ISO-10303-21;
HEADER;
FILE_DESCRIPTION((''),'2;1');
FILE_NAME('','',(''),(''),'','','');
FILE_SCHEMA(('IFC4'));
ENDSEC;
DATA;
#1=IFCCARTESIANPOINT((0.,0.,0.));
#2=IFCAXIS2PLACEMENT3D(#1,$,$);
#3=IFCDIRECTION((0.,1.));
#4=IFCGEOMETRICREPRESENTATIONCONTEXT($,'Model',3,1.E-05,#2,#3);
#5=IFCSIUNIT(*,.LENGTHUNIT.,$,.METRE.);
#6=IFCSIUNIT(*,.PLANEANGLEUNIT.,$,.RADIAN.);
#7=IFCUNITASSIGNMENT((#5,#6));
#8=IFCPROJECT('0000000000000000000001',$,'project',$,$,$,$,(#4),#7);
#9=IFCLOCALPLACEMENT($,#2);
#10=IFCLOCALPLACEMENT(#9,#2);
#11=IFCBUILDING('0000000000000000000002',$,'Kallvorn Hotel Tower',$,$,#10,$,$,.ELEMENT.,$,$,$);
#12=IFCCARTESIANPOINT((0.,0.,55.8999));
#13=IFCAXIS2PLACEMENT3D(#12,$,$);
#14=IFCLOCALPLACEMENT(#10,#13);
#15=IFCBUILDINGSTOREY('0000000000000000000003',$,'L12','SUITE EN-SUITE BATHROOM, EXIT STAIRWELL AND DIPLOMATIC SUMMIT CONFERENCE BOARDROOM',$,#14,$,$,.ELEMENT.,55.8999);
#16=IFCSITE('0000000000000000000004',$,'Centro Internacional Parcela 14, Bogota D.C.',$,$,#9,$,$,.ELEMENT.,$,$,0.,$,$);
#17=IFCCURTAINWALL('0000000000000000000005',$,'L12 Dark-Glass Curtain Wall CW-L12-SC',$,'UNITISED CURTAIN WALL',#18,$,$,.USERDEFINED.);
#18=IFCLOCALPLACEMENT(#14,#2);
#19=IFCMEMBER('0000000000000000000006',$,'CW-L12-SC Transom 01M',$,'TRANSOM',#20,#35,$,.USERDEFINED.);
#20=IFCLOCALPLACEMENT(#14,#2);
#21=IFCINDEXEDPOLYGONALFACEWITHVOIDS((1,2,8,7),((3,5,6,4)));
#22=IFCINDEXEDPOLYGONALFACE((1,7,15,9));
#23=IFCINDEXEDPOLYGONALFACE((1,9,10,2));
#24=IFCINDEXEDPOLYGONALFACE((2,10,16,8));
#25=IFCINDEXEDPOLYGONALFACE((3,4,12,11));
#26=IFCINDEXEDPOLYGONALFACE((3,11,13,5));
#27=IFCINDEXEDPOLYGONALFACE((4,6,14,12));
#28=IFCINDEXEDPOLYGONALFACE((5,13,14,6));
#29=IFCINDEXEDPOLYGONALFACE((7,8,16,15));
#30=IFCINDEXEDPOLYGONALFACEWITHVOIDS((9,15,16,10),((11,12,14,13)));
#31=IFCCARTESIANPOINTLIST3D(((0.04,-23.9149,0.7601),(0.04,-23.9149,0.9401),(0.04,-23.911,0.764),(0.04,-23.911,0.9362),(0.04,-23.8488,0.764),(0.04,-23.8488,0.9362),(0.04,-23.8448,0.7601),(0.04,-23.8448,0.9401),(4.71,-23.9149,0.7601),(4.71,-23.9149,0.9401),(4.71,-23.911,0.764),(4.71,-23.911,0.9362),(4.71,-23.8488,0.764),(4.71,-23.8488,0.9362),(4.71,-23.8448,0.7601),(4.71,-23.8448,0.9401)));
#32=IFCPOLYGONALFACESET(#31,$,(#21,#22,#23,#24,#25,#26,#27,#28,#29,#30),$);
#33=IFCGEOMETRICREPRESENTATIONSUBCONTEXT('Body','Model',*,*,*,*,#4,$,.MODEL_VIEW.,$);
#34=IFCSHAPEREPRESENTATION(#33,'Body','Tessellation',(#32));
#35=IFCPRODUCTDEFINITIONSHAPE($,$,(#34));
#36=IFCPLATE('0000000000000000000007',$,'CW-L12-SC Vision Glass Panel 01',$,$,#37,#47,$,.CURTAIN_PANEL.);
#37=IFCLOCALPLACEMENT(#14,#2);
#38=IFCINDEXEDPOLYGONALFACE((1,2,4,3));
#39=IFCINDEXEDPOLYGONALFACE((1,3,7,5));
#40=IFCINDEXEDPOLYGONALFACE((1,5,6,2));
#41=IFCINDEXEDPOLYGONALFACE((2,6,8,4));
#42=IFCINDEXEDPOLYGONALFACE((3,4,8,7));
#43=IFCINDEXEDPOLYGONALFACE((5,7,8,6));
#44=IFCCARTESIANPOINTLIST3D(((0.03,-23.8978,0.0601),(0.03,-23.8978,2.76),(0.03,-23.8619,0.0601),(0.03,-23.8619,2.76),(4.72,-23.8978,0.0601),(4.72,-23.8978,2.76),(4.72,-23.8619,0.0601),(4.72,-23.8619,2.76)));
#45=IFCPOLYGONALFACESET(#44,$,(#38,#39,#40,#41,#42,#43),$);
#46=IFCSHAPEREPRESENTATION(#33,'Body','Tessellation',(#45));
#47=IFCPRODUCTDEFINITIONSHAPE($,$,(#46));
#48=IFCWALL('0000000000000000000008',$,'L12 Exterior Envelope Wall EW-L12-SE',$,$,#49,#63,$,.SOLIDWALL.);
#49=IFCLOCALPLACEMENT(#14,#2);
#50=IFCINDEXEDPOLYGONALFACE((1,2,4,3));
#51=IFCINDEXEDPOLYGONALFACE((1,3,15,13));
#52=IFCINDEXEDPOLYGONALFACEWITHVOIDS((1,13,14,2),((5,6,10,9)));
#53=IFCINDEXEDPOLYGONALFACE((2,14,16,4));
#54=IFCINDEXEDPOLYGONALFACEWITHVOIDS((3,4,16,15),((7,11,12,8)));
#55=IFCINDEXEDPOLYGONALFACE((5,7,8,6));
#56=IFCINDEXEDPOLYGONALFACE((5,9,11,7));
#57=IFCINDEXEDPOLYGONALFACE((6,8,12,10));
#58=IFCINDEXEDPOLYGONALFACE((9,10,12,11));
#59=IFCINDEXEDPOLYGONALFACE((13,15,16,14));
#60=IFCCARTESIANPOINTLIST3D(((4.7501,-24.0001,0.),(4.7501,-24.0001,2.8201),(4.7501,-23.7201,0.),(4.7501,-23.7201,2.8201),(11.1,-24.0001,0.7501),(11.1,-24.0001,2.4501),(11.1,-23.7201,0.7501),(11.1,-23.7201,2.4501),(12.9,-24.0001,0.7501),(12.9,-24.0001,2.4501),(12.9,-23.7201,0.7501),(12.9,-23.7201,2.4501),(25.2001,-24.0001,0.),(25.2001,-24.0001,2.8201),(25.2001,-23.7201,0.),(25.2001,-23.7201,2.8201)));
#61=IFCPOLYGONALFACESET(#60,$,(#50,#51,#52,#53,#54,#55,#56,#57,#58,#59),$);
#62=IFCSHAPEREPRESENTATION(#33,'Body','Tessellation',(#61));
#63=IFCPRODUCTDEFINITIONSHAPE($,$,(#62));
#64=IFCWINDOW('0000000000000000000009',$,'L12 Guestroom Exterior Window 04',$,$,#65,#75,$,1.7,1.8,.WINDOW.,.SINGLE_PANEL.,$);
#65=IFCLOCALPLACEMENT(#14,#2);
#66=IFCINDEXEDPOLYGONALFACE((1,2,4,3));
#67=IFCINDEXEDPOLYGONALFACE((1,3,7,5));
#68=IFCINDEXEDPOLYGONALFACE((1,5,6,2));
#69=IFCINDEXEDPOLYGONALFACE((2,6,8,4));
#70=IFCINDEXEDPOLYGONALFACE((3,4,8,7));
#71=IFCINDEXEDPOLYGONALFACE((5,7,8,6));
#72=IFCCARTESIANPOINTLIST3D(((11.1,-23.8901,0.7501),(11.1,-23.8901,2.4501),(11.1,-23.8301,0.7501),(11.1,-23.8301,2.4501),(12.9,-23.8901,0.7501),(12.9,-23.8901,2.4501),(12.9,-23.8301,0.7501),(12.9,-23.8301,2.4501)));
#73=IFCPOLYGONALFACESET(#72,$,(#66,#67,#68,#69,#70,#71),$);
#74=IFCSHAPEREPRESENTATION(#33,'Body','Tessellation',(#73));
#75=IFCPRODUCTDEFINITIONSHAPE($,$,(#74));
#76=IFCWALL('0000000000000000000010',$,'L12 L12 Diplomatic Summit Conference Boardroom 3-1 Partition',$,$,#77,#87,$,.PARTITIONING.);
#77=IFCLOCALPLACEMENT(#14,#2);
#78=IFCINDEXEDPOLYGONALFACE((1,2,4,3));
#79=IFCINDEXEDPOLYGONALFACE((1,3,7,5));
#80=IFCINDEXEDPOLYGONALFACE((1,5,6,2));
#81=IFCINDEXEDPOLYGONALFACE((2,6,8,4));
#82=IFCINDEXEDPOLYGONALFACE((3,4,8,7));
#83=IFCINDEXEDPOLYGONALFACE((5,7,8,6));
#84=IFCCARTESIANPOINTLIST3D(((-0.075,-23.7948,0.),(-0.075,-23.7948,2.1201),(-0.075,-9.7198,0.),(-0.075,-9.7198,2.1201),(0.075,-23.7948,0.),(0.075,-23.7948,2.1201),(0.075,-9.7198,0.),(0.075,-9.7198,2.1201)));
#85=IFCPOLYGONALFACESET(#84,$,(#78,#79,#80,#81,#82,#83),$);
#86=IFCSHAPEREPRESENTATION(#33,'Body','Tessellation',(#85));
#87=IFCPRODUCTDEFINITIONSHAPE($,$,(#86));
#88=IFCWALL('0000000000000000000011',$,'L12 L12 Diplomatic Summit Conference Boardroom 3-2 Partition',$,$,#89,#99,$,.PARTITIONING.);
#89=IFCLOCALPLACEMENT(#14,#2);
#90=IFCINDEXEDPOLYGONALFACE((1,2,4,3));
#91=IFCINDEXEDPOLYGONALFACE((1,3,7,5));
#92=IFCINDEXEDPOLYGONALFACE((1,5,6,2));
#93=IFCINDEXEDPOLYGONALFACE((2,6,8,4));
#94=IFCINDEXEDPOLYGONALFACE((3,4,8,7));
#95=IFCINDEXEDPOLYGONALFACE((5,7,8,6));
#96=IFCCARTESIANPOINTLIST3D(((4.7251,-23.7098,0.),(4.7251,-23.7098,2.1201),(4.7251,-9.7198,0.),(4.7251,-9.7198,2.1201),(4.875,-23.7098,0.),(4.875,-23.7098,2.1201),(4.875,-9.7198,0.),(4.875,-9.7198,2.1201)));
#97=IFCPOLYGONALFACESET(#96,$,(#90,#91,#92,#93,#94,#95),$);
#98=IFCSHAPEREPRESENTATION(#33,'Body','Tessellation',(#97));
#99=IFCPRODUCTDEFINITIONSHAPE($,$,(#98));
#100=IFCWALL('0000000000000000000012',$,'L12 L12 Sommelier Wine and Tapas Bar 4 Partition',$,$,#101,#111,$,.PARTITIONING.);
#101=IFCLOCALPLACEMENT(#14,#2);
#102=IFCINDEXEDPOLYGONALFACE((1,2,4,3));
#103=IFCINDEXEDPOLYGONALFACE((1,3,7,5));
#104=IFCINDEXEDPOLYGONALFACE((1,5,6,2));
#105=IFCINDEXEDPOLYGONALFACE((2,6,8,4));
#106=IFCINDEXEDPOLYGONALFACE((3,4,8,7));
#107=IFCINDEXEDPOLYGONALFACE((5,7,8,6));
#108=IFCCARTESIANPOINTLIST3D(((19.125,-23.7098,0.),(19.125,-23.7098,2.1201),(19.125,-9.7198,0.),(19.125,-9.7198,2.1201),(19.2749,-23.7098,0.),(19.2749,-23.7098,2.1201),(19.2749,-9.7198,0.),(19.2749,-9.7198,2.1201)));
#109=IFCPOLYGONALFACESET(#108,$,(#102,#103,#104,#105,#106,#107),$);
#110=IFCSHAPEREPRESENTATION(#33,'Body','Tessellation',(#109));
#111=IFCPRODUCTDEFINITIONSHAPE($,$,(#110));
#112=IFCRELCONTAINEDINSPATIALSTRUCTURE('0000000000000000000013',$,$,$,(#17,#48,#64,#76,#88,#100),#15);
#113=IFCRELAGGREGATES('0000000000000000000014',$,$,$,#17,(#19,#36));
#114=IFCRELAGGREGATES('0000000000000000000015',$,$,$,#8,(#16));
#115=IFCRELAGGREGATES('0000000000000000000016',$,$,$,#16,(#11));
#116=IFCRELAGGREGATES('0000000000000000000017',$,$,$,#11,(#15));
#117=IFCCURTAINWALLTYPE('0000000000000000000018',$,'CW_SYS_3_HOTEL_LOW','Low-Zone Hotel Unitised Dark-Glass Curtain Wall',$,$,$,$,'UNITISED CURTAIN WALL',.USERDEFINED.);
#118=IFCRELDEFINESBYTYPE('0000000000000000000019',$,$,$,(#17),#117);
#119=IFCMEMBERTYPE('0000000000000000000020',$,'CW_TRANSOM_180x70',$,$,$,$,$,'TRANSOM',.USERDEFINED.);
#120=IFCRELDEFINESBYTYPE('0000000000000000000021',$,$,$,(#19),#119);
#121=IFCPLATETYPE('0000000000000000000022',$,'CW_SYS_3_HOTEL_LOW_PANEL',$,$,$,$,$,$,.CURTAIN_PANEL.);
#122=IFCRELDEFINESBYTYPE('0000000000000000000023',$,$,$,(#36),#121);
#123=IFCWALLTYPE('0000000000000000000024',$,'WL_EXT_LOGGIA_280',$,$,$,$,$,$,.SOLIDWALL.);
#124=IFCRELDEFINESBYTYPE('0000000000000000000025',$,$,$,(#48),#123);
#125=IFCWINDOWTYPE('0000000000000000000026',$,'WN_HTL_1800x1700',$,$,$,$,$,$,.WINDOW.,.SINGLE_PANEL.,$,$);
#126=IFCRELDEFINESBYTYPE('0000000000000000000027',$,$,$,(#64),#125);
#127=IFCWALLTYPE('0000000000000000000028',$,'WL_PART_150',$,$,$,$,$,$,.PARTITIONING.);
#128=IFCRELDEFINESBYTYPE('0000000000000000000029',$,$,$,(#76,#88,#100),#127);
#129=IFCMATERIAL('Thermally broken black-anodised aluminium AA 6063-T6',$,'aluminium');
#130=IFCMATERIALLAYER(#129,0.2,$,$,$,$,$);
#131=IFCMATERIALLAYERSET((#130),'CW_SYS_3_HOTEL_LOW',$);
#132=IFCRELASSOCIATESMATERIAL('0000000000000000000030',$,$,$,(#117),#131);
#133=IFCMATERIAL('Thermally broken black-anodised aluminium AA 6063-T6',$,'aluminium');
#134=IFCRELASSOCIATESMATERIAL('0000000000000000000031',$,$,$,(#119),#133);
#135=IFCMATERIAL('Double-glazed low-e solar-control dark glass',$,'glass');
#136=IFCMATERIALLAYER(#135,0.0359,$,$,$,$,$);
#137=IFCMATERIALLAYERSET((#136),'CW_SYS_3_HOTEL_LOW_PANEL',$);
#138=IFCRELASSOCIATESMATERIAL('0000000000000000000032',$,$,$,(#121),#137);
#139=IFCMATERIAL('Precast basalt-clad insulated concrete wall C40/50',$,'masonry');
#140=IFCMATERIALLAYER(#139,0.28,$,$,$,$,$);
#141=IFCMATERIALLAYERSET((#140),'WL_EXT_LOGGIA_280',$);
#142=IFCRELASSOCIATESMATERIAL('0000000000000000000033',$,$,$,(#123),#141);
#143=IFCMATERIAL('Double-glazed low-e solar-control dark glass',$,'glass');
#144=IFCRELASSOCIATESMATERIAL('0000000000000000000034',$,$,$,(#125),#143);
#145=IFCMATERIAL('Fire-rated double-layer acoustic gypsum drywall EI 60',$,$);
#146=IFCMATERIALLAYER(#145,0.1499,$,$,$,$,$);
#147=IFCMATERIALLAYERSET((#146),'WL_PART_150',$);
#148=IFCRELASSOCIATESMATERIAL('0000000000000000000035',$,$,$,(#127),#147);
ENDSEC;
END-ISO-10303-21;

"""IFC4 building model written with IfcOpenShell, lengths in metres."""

from ifc_helpers import new_model, si_unit, direction, frame, frame_2d, origin, origin_2d, place, context, subcontext, project, spatial, rectangle, hollow_rectangle, extrude, material, layer, layer_set, material_profile, profile_set, type_object, element, fill, aggregate, save


model = new_model("IFC4")

# Units and contexts
model_context = context("Model", 3, precision=1e-05, world=origin(), true_north=direction((0.0, 1.0)))
body_context = subcontext(model_context, "Body", "Model", "MODEL_VIEW")
ifc_project = project(units=[si_unit("LENGTHUNIT", "METRE"), si_unit("PLANEANGLEUNIT", "RADIAN")], contexts=[model_context])

# Site, building, storey
site_placement = place(None, origin())
site = spatial("IfcSite", under=ifc_project, at=site_placement, Name="Centro Internacional Parcela 14, Bogota D.C.", CompositionType="ELEMENT", RefElevation=0.0)
building_placement = place(site_placement, origin())
building = spatial("IfcBuilding", under=site, at=building_placement, Name="Kallvorn Hotel Tower", CompositionType="ELEMENT")
storey_placement = place(building_placement, frame((0.0, 0.0, 55.8999)))
storey = spatial("IfcBuildingStorey", under=building, at=storey_placement, Name="L12", Description="SUITE EN-SUITE BATHROOM, EXIT STAIRWELL AND DIPLOMATIC SUMMIT CONFERENCE BOARDROOM", CompositionType="ELEMENT", Elevation=55.8999)

# Curtain wall, member, plate
ifc_material_1 = material(Name="Thermally broken black-anodised aluminium AA 6063-T6", Category="aluminium")
ifc_layer_1 = layer(ifc_material_1, 0.2)
ifc_layer_set_1 = layer_set([ifc_layer_1], Name="CW_SYS_3_HOTEL_LOW")
curtain_wall_type = type_object("IfcCurtainWallType", Name="CW_SYS_3_HOTEL_LOW", Description="Low-Zone Hotel Unitised Dark-Glass Curtain Wall", ElementType="UNITISED CURTAIN WALL", PredefinedType="USERDEFINED", material=ifc_layer_set_1)
curtain_wall_placement = place(storey_placement, origin())
curtain_wall = element("IfcCurtainWall", 1, at=curtain_wall_placement, inside=storey, type_object=curtain_wall_type, Name="L12 Dark-Glass Curtain Wall CW-L12-SC", ObjectType="UNITISED CURTAIN WALL", PredefinedType="USERDEFINED")
ifc_material_2 = material(Name="Thermally broken black-anodised aluminium AA 6063-T6", Category="aluminium")
ifc_material_profile_1 = material_profile(ifc_material_2, hollow_rectangle(XDim=0.0701, YDim=0.1799, WallThickness=0.0039, at=origin_2d()), Name="TRN 180x70")
ifc_profile_set_1 = profile_set([ifc_material_profile_1], Name="Thermally broken black-anodised aluminium AA 6063-T6")
member_type_1 = type_object("IfcMemberType", Name="CW_TRANSOM_180x70", ElementType="TRANSOM", PredefinedType="USERDEFINED", material=ifc_profile_set_1)
member_1_placement = place(storey_placement, frame((0.04, -23.8799, 0.8501), z_axis=(1.0, 0.0, 0.0), x_axis=(0.0, 1.0, 0.0)))
member_1 = element("IfcMember", 2, at=member_1_placement, type_object=member_type_1, Name="CW-L12-SC Transom 01M", ObjectType="TRANSOM", PredefinedType="USERDEFINED", context=body_context, shape_type="SweptSolid", body=[
    extrude(hollow_rectangle(XDim=0.0701, YDim=0.1799, WallThickness=0.0039, at=origin_2d()), origin(), (0.0, 0.0, 1.0), 4.6699),
])
ifc_material_3 = material(Name="Double-glazed low-e solar-control dark glass", Category="glass")
ifc_layer_2 = layer(ifc_material_3, 0.0359)
ifc_layer_set_2 = layer_set([ifc_layer_2], Name="CW_SYS_3_HOTEL_LOW_PANEL")
plate_type = type_object("IfcPlateType", Name="CW_SYS_3_HOTEL_LOW_PANEL", PredefinedType="CURTAIN_PANEL", material=ifc_layer_set_2)
plate_placement = place(storey_placement, frame((2.375, -23.8799, 0.0601), z_axis=(0.0, 0.0, 1.0), x_axis=(1.0, 0.0, 0.0)))
plate = element("IfcPlate", 3, at=plate_placement, type_object=plate_type, Name="CW-L12-SC Vision Glass Panel 01", PredefinedType="CURTAIN_PANEL", context=body_context, shape_type="SweptSolid", body=[
    extrude(rectangle(XDim=4.6899, YDim=0.0359, at=origin_2d()), origin(), (0.0, 0.0, 1.0), 2.7),
])
aggregate(curtain_wall, [member_1, plate])

# Wall, opening, window
ifc_material_4 = material(Name="Precast basalt-clad insulated concrete wall C40/50", Category="masonry")
ifc_layer_3 = layer(ifc_material_4, 0.28)
ifc_layer_set_3 = layer_set([ifc_layer_3], Name="WL_EXT_LOGGIA_280")
wall_type_1 = type_object("IfcWallType", Name="WL_EXT_LOGGIA_280", PredefinedType="SOLIDWALL", material=ifc_layer_set_3)
wall_1_placement = place(storey_placement, frame((4.75, -23.8601, 0.0), z_axis=(0.0, 0.0, 1.0), x_axis=(1.0, 0.0, 0.0)))
wall_1 = element("IfcWall", 4, at=wall_1_placement, inside=storey, type_object=wall_type_1, Name="L12 Exterior Envelope Wall EW-L12-SE", PredefinedType="SOLIDWALL", context=body_context, shape_type="SweptSolid", body=[
    extrude(rectangle(XDim=20.45, YDim=0.28, at=frame_2d((10.2251, 0.0))), origin(), (0.0, 0.0, 1.0), 2.8201),
])
opening_placement = place(wall_1_placement, frame((6.3501, 0.0, 0.75)))
opening = element("IfcOpeningElement", 5, at=opening_placement, cuts=wall_1, PredefinedType="OPENING", context=body_context, shape_type="SweptSolid", body=[
    extrude(rectangle(XDim=1.8, YDim=1.7, at=frame_2d((0.8999, 0.8501))), frame((0.0, 0.155, 0.0), z_axis=(0.0, -1.0, 0.0), x_axis=(1.0, 0.0, 0.0)), (0.0, 0.0, 1.0), 0.3101),
])
ifc_material_5 = material(Name="Double-glazed low-e solar-control dark glass", Category="glass")
window_type = type_object("IfcWindowType", Name="WN_HTL_1800x1700", PartitioningType="SINGLE_PANEL", PredefinedType="WINDOW", material=ifc_material_5)
window_placement = place(opening_placement, origin())
window = element("IfcWindow", 6, at=window_placement, inside=storey, type_object=window_type, Name="L12 Guestroom Exterior Window 04", OverallHeight=1.7, OverallWidth=1.8, PartitioningType="SINGLE_PANEL", PredefinedType="WINDOW", context=body_context, shape_type="SweptSolid", body=[
    extrude(rectangle(XDim=1.8, YDim=1.7, at=frame_2d((0.8999, 0.8501))), frame((0.0, 0.03, 0.0), z_axis=(0.0, -1.0, 0.0), x_axis=(1.0, 0.0, 0.0)), (0.0, 0.0, 1.0), 0.0601),
])
fill(opening, window)

# Walls
ifc_material_6 = material(Name="Fire-rated double-layer acoustic gypsum drywall EI 60")
ifc_layer_4 = layer(ifc_material_6, 0.1499)
ifc_layer_set_4 = layer_set([ifc_layer_4], Name="WL_PART_150")
wall_type_2 = type_object("IfcWallType", Name="WL_PART_150", PredefinedType="PARTITIONING", material=ifc_layer_set_4)
wall_2_placement = place(storey_placement, frame((0.0, -23.7949, 0.0), z_axis=(0.0, 0.0, 1.0), x_axis=(0.0, 1.0, 0.0)))
element("IfcWall", 7, at=wall_2_placement, inside=storey, type_object=wall_type_2, Name="L12 L12 Diplomatic Summit Conference Boardroom 3-1 Partition", PredefinedType="PARTITIONING", context=body_context, shape_type="SweptSolid", body=[
    extrude(rectangle(XDim=14.075, YDim=0.1499, at=frame_2d((7.0376, 0.0))), origin(), (0.0, 0.0, 1.0), 2.1201),
])
for number, where, z_axis, x_axis, name in (
    (8, (4.8, -23.71, 0.0), (0.0, 0.0, 1.0), (0.0, 1.0, 0.0), "L12 L12 Diplomatic Summit Conference Boardroom 3-2 Partition"),
    (9, (19.2, -23.71, 0.0), (0.0, 0.0, 1.0), (0.0, 1.0, 0.0), "L12 L12 Sommelier Wine and Tapas Bar 4 Partition"),
):
    element("IfcWall", number, at=place(storey_placement, frame(where, z_axis=z_axis, x_axis=x_axis)), inside=storey, type_object=wall_type_2, Name=name, PredefinedType="PARTITIONING", context=body_context, shape_type="SweptSolid", body=[
        extrude(rectangle(XDim=13.99, YDim=0.1499, at=frame_2d((6.9951, 0.0))), origin(), (0.0, 0.0, 1.0), 2.1201),
    ])

save(model, "model.ifc")
